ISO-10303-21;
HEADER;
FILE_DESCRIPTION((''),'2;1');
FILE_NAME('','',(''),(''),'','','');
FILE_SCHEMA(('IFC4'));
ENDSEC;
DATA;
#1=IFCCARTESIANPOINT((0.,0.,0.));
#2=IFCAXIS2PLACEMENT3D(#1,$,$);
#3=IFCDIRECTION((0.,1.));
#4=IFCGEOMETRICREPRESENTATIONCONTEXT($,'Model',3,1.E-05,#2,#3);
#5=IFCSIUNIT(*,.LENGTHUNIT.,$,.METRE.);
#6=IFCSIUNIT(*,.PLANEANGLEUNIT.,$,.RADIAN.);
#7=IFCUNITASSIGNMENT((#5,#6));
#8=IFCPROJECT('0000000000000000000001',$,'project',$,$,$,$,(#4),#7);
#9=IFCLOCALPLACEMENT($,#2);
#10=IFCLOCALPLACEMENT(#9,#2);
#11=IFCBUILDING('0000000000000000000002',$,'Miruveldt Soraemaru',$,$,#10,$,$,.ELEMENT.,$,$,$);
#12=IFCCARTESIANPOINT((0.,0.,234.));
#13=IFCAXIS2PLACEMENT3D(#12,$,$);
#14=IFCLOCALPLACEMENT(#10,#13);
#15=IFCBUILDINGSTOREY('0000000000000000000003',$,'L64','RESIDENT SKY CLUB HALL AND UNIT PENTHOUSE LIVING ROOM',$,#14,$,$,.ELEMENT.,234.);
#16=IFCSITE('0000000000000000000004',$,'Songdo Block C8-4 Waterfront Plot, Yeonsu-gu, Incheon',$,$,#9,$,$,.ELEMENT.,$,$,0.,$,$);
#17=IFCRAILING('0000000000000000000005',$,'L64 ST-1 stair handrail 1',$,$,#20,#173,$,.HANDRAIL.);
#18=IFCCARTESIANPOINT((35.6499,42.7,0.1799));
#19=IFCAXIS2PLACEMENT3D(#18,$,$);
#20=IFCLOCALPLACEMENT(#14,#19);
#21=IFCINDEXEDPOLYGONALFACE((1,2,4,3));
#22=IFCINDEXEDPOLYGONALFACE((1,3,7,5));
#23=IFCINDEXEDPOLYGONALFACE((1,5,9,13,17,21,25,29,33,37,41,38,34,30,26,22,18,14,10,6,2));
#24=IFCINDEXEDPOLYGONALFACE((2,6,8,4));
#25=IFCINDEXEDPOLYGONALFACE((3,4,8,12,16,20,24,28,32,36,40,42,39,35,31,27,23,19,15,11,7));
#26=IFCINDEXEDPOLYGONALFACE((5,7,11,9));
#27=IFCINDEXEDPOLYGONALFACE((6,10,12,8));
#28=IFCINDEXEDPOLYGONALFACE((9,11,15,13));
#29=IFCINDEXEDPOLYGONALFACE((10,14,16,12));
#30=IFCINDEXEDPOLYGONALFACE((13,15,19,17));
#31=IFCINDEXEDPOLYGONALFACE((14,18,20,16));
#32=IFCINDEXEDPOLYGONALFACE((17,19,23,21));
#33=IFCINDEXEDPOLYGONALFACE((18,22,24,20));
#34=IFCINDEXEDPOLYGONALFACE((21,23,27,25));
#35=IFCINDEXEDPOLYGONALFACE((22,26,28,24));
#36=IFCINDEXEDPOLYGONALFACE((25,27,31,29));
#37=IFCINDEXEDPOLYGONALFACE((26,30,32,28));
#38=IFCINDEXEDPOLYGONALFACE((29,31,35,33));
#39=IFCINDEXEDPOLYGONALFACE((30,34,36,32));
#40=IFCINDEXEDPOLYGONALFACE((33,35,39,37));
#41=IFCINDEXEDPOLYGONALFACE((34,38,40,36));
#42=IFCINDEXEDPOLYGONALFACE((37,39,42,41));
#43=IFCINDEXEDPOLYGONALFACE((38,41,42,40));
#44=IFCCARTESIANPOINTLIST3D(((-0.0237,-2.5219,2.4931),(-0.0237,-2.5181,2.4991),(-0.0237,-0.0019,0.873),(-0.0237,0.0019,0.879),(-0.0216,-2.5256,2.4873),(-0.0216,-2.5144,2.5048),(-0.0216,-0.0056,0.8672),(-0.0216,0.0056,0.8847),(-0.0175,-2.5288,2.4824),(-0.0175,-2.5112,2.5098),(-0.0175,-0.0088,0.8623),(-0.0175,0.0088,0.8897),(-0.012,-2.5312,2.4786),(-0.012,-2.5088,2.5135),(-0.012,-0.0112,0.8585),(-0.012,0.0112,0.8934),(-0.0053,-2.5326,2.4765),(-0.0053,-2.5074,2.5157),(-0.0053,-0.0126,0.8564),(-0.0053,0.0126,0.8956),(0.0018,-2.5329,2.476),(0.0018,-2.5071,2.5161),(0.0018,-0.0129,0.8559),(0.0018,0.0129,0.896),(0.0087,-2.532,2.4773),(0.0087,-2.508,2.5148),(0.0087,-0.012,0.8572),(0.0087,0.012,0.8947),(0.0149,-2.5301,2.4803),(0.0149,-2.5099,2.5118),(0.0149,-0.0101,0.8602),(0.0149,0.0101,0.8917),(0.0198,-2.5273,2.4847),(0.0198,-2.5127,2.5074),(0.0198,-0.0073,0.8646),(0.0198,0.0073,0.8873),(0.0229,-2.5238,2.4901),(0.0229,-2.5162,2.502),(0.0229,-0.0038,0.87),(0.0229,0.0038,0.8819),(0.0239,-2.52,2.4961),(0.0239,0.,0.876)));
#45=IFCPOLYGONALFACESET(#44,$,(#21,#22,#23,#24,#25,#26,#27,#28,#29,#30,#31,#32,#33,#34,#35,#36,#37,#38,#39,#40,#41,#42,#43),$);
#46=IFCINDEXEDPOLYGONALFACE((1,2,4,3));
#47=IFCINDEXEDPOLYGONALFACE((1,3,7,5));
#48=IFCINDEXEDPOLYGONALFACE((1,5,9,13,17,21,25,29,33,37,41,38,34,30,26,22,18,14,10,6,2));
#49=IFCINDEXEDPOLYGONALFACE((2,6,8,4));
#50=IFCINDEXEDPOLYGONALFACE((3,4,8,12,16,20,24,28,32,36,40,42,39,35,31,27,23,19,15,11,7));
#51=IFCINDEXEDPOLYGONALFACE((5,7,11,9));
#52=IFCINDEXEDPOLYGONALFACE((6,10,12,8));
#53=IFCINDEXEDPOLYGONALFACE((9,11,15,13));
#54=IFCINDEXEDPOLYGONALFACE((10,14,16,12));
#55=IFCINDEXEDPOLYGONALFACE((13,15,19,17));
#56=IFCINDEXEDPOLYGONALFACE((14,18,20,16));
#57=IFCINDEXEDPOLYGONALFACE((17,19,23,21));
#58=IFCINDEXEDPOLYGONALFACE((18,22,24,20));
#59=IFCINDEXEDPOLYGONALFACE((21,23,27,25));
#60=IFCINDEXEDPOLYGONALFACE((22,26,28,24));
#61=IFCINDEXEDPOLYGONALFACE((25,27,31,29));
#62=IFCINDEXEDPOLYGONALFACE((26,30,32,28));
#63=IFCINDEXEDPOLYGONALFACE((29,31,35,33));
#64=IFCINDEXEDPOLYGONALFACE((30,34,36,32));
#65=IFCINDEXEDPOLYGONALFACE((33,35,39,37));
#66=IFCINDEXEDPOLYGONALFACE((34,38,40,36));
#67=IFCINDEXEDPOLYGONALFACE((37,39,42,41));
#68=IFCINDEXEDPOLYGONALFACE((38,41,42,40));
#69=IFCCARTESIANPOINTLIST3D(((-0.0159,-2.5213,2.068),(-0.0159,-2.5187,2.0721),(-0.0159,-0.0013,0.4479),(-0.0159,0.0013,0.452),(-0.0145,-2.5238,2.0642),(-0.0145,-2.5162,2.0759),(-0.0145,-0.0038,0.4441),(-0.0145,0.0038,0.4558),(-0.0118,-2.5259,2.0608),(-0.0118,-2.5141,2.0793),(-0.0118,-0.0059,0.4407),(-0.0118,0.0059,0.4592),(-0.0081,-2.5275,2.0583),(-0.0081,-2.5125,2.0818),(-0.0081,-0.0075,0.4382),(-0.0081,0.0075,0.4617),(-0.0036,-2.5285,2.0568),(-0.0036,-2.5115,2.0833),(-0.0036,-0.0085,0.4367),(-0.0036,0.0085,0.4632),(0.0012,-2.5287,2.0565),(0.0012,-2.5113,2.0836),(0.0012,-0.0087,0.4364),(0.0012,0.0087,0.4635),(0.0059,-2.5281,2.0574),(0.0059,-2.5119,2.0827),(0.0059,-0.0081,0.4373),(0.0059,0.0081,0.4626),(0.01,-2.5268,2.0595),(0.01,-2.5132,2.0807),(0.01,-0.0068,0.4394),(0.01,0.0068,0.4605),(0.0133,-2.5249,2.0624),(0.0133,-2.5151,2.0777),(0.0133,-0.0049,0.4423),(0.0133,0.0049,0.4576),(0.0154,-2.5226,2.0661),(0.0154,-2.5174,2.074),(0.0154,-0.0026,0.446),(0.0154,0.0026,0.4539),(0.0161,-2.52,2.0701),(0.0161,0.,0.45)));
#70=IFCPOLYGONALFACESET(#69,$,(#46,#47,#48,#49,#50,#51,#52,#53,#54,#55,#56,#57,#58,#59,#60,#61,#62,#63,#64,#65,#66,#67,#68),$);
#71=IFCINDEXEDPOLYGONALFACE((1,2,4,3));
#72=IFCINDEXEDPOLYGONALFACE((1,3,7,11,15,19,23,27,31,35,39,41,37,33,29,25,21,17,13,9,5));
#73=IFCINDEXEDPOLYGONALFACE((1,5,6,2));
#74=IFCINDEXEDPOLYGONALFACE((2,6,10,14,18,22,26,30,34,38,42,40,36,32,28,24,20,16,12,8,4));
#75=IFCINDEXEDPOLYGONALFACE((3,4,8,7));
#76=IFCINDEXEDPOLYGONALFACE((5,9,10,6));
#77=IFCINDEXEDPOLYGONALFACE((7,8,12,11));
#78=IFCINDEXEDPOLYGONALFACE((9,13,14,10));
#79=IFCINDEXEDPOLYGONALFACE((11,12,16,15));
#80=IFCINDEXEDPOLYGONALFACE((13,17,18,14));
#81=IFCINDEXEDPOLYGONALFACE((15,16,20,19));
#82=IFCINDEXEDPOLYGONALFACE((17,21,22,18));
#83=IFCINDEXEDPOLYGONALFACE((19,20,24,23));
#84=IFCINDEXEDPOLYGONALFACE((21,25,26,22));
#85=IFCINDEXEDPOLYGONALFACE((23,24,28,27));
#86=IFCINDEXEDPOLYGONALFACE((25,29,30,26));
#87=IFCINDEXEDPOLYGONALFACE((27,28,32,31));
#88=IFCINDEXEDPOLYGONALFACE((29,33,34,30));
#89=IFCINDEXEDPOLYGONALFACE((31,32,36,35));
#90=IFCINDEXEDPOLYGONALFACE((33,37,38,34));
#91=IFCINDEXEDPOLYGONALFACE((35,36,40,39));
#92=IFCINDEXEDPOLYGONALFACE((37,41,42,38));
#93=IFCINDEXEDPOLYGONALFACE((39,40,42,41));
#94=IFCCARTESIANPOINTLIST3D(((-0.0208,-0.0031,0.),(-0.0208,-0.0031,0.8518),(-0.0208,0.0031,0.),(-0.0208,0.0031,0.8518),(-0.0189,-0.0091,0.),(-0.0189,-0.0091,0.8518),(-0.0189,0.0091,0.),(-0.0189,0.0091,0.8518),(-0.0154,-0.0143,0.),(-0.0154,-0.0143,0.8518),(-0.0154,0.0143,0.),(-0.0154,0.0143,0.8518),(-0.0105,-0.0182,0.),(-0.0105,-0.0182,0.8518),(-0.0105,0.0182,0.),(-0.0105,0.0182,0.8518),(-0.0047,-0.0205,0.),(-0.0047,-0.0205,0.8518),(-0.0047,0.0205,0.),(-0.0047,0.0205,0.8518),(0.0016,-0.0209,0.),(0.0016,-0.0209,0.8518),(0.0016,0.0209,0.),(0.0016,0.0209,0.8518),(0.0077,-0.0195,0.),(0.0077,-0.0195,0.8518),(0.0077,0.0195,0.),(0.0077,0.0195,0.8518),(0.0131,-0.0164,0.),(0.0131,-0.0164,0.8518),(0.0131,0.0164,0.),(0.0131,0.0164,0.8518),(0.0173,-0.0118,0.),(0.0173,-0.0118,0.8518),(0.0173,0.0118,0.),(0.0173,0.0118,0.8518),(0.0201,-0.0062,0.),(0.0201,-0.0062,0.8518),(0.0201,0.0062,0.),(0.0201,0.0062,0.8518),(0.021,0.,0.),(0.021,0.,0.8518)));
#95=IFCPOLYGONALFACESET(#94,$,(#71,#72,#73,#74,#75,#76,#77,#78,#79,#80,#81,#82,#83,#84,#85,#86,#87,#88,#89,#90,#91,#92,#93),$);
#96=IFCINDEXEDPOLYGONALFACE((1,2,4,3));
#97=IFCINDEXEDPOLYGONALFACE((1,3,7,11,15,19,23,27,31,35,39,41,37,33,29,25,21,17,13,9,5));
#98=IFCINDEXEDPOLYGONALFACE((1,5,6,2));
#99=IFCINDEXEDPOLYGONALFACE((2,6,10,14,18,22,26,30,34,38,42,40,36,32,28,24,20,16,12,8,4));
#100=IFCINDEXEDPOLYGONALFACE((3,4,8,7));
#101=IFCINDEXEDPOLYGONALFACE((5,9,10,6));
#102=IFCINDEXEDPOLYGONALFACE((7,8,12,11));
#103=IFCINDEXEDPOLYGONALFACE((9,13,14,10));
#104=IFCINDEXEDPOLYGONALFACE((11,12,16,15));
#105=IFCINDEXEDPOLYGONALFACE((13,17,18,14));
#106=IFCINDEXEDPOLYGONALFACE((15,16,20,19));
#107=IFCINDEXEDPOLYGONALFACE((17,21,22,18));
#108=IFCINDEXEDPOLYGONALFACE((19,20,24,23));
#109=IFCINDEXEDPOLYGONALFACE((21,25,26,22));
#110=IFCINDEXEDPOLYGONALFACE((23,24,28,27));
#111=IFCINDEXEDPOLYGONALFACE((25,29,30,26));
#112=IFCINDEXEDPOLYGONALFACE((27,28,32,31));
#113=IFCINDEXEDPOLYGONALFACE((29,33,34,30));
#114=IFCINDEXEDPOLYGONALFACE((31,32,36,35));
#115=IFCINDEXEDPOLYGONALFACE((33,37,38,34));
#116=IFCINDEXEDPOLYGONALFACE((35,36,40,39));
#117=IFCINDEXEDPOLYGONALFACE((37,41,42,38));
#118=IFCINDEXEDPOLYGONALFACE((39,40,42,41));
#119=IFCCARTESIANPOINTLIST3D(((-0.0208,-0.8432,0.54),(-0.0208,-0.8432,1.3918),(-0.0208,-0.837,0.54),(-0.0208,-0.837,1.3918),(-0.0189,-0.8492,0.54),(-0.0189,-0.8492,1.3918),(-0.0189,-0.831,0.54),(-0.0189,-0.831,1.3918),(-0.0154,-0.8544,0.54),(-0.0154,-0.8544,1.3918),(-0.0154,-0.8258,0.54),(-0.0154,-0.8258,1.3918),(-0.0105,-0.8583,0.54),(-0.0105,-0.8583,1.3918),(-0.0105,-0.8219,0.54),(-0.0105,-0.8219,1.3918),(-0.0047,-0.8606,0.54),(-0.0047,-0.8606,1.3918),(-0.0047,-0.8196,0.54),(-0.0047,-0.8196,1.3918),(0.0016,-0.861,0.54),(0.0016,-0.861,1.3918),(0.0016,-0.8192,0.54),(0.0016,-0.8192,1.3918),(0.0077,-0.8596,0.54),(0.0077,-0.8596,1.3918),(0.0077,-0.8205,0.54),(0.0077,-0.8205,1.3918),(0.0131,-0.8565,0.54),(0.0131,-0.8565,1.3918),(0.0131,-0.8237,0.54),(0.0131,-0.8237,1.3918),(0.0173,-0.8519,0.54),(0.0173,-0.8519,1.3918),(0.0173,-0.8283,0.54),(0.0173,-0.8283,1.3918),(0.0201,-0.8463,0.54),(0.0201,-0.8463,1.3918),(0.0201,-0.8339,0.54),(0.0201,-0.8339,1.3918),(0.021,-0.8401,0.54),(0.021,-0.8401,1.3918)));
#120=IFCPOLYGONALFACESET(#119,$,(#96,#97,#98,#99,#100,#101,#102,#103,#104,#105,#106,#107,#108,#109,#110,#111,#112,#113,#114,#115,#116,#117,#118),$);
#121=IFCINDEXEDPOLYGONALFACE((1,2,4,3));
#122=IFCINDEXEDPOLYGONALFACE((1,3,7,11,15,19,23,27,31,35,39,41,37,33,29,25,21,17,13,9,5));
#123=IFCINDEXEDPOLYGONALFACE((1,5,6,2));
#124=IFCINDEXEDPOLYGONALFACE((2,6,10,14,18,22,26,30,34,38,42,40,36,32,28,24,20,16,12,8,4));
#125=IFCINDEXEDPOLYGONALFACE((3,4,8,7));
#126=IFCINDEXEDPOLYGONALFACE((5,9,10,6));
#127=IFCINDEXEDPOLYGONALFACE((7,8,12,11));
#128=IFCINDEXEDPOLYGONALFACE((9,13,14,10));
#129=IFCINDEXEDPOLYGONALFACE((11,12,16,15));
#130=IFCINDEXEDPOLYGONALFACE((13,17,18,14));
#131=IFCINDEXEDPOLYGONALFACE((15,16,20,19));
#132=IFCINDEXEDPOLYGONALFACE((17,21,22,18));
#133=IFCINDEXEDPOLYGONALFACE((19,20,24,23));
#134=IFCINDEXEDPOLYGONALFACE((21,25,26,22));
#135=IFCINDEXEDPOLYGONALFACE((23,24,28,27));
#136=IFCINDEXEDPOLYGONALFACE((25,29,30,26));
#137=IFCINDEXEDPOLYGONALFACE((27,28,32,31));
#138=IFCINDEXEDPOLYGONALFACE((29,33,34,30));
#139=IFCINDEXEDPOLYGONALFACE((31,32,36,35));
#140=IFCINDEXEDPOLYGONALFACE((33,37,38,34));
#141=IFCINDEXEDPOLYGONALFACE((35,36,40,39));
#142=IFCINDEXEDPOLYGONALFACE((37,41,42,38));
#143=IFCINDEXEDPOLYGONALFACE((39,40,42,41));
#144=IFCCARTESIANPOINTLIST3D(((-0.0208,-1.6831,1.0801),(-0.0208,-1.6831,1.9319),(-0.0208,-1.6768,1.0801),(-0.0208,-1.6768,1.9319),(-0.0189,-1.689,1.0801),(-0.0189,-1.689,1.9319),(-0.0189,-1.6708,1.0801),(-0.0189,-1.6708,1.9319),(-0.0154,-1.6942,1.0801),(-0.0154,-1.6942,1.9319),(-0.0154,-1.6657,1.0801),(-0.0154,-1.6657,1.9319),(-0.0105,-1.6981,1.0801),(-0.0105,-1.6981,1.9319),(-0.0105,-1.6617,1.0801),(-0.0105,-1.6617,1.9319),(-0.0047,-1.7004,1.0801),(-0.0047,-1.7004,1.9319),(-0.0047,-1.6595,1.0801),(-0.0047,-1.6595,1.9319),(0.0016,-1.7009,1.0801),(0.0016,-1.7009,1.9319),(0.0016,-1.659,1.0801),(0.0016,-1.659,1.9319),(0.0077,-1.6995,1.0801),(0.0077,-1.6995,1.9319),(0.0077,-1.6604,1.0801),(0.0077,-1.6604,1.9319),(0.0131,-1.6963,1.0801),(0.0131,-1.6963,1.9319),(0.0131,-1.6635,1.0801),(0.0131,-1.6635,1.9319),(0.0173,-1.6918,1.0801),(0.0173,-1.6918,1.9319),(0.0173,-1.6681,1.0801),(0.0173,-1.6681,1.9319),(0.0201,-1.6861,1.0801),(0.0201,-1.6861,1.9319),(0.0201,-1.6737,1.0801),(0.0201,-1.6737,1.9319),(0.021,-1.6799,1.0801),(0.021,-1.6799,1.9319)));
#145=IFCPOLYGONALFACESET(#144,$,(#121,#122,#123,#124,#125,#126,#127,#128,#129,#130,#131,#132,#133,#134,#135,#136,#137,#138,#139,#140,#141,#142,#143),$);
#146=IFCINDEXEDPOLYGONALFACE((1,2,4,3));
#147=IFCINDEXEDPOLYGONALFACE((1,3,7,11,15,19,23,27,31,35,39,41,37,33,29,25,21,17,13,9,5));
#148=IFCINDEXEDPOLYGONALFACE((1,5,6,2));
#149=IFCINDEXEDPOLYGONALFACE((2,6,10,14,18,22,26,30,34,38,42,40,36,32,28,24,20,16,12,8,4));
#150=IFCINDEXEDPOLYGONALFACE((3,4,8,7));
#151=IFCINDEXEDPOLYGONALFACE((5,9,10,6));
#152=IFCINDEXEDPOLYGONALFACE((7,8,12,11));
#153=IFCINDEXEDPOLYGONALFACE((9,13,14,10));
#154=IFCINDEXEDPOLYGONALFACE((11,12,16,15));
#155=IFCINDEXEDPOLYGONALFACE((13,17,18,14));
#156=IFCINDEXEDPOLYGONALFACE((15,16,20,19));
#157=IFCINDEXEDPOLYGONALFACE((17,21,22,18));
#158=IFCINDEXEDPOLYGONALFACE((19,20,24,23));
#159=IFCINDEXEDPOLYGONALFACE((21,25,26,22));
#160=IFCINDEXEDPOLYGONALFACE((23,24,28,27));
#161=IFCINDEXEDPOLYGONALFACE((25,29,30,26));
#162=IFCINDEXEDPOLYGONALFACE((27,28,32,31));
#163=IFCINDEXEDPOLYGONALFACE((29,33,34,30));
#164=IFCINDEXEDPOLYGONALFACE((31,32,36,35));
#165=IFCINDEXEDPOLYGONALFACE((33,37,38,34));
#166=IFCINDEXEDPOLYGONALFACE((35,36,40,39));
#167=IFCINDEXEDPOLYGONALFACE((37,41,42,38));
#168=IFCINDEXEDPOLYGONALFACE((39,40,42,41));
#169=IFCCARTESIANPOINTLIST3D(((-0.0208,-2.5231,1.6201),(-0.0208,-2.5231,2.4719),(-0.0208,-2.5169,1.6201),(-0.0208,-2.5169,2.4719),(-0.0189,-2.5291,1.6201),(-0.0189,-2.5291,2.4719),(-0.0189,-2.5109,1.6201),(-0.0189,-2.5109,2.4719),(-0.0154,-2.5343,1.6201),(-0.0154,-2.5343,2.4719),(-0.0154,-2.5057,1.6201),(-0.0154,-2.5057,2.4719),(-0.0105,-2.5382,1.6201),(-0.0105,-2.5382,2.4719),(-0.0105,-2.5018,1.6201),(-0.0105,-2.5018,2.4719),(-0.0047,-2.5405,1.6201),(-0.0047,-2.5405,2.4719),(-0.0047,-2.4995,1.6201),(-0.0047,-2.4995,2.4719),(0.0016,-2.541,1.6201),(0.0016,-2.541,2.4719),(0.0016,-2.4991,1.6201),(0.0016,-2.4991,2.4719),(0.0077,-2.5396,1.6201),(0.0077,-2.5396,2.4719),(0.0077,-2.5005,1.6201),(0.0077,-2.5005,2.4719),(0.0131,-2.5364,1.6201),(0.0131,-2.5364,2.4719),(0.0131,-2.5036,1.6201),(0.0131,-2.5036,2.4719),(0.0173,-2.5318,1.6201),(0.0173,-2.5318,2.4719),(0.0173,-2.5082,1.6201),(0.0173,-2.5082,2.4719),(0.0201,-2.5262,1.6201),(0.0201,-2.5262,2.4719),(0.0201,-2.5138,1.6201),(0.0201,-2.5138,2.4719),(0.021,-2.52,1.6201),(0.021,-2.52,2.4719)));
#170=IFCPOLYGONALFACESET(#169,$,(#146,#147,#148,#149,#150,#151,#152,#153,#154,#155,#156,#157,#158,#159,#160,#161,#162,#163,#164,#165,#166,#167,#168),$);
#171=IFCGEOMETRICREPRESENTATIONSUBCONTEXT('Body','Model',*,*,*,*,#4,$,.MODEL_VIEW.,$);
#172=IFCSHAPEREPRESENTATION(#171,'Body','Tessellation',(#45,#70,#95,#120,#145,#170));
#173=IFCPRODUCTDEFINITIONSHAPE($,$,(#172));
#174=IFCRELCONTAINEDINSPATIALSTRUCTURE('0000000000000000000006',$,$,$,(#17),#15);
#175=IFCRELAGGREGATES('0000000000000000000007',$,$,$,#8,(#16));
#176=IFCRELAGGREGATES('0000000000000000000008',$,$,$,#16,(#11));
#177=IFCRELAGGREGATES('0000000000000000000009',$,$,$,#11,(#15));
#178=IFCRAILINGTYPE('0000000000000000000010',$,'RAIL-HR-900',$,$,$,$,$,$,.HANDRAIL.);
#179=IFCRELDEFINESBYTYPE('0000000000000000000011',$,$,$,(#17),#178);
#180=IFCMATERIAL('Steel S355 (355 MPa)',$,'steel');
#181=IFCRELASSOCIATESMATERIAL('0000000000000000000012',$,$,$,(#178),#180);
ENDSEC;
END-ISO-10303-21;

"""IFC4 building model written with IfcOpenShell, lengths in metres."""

from ifc_helpers import new_model, si_unit, direction, frame, origin, origin_2d, place, context, subcontext, project, spatial, circle, extrude, material, type_object, element, save


model = new_model("IFC4")

# Units and contexts
model_context = context("Model", 3, precision=1e-05, world=origin(), true_north=direction((0.0, 1.0)))
body_context = subcontext(model_context, "Body", "Model", "MODEL_VIEW")
ifc_project = project(units=[si_unit("LENGTHUNIT", "METRE"), si_unit("PLANEANGLEUNIT", "RADIAN")], contexts=[model_context])

# Site, building, storey
site_placement = place(None, origin())
site = spatial("IfcSite", under=ifc_project, at=site_placement, Name="Songdo Block C8-4 Waterfront Plot, Yeonsu-gu, Incheon", CompositionType="ELEMENT", RefElevation=0.0)
building_placement = place(site_placement, origin())
building = spatial("IfcBuilding", under=site, at=building_placement, Name="Miruveldt Soraemaru", CompositionType="ELEMENT")
storey_placement = place(building_placement, frame((0.0, 0.0, 234.0)))
storey = spatial("IfcBuildingStorey", under=building, at=storey_placement, Name="L64", Description="RESIDENT SKY CLUB HALL AND UNIT PENTHOUSE LIVING ROOM", CompositionType="ELEMENT", Elevation=234.0)

# Railing
ifc_material_1 = material(Name="Steel S355 (355 MPa)", Category="steel")
railing_type_1 = type_object("IfcRailingType", Name="RAIL-HR-900", PredefinedType="HANDRAIL", material=ifc_material_1)
railing_1_placement = place(storey_placement, frame((35.6499, 42.7, 0.1799)))
element("IfcRailing", 1, at=railing_1_placement, inside=storey, type_object=railing_type_1, Name="L64 ST-1 stair handrail 1", PredefinedType="HANDRAIL", context=body_context, shape_type="SweptSolid", body=[
    extrude(circle(Radius=0.0239, at=origin_2d()), frame((0.0, 0.0, 0.876), z_axis=(0.0, -0.841163, 0.540782), x_axis=(1.0, 0.0, 0.0)), (0.0, 0.0, 1.0), 2.9958),
    extrude(circle(Radius=0.0161, at=origin_2d()), frame((0.0, 0.0, 0.45), z_axis=(0.0, -0.841163, 0.540782), x_axis=(1.0, 0.0, 0.0)), (0.0, 0.0, 1.0), 2.9958),
    extrude(circle(Radius=0.021, at=origin_2d()), origin(), (0.0, 0.0, 1.0), 0.8518),
    extrude(circle(Radius=0.021, at=origin_2d()), frame((0.0, -0.8401, 0.54)), (0.0, 0.0, 1.0), 0.8518),
    extrude(circle(Radius=0.021, at=origin_2d()), frame((0.0, -1.6799, 1.0801)), (0.0, 0.0, 1.0), 0.8518),
    extrude(circle(Radius=0.021, at=origin_2d()), frame((0.0, -2.52, 1.6201)), (0.0, 0.0, 1.0), 0.8518),
])

save(model, "model.ifc")
